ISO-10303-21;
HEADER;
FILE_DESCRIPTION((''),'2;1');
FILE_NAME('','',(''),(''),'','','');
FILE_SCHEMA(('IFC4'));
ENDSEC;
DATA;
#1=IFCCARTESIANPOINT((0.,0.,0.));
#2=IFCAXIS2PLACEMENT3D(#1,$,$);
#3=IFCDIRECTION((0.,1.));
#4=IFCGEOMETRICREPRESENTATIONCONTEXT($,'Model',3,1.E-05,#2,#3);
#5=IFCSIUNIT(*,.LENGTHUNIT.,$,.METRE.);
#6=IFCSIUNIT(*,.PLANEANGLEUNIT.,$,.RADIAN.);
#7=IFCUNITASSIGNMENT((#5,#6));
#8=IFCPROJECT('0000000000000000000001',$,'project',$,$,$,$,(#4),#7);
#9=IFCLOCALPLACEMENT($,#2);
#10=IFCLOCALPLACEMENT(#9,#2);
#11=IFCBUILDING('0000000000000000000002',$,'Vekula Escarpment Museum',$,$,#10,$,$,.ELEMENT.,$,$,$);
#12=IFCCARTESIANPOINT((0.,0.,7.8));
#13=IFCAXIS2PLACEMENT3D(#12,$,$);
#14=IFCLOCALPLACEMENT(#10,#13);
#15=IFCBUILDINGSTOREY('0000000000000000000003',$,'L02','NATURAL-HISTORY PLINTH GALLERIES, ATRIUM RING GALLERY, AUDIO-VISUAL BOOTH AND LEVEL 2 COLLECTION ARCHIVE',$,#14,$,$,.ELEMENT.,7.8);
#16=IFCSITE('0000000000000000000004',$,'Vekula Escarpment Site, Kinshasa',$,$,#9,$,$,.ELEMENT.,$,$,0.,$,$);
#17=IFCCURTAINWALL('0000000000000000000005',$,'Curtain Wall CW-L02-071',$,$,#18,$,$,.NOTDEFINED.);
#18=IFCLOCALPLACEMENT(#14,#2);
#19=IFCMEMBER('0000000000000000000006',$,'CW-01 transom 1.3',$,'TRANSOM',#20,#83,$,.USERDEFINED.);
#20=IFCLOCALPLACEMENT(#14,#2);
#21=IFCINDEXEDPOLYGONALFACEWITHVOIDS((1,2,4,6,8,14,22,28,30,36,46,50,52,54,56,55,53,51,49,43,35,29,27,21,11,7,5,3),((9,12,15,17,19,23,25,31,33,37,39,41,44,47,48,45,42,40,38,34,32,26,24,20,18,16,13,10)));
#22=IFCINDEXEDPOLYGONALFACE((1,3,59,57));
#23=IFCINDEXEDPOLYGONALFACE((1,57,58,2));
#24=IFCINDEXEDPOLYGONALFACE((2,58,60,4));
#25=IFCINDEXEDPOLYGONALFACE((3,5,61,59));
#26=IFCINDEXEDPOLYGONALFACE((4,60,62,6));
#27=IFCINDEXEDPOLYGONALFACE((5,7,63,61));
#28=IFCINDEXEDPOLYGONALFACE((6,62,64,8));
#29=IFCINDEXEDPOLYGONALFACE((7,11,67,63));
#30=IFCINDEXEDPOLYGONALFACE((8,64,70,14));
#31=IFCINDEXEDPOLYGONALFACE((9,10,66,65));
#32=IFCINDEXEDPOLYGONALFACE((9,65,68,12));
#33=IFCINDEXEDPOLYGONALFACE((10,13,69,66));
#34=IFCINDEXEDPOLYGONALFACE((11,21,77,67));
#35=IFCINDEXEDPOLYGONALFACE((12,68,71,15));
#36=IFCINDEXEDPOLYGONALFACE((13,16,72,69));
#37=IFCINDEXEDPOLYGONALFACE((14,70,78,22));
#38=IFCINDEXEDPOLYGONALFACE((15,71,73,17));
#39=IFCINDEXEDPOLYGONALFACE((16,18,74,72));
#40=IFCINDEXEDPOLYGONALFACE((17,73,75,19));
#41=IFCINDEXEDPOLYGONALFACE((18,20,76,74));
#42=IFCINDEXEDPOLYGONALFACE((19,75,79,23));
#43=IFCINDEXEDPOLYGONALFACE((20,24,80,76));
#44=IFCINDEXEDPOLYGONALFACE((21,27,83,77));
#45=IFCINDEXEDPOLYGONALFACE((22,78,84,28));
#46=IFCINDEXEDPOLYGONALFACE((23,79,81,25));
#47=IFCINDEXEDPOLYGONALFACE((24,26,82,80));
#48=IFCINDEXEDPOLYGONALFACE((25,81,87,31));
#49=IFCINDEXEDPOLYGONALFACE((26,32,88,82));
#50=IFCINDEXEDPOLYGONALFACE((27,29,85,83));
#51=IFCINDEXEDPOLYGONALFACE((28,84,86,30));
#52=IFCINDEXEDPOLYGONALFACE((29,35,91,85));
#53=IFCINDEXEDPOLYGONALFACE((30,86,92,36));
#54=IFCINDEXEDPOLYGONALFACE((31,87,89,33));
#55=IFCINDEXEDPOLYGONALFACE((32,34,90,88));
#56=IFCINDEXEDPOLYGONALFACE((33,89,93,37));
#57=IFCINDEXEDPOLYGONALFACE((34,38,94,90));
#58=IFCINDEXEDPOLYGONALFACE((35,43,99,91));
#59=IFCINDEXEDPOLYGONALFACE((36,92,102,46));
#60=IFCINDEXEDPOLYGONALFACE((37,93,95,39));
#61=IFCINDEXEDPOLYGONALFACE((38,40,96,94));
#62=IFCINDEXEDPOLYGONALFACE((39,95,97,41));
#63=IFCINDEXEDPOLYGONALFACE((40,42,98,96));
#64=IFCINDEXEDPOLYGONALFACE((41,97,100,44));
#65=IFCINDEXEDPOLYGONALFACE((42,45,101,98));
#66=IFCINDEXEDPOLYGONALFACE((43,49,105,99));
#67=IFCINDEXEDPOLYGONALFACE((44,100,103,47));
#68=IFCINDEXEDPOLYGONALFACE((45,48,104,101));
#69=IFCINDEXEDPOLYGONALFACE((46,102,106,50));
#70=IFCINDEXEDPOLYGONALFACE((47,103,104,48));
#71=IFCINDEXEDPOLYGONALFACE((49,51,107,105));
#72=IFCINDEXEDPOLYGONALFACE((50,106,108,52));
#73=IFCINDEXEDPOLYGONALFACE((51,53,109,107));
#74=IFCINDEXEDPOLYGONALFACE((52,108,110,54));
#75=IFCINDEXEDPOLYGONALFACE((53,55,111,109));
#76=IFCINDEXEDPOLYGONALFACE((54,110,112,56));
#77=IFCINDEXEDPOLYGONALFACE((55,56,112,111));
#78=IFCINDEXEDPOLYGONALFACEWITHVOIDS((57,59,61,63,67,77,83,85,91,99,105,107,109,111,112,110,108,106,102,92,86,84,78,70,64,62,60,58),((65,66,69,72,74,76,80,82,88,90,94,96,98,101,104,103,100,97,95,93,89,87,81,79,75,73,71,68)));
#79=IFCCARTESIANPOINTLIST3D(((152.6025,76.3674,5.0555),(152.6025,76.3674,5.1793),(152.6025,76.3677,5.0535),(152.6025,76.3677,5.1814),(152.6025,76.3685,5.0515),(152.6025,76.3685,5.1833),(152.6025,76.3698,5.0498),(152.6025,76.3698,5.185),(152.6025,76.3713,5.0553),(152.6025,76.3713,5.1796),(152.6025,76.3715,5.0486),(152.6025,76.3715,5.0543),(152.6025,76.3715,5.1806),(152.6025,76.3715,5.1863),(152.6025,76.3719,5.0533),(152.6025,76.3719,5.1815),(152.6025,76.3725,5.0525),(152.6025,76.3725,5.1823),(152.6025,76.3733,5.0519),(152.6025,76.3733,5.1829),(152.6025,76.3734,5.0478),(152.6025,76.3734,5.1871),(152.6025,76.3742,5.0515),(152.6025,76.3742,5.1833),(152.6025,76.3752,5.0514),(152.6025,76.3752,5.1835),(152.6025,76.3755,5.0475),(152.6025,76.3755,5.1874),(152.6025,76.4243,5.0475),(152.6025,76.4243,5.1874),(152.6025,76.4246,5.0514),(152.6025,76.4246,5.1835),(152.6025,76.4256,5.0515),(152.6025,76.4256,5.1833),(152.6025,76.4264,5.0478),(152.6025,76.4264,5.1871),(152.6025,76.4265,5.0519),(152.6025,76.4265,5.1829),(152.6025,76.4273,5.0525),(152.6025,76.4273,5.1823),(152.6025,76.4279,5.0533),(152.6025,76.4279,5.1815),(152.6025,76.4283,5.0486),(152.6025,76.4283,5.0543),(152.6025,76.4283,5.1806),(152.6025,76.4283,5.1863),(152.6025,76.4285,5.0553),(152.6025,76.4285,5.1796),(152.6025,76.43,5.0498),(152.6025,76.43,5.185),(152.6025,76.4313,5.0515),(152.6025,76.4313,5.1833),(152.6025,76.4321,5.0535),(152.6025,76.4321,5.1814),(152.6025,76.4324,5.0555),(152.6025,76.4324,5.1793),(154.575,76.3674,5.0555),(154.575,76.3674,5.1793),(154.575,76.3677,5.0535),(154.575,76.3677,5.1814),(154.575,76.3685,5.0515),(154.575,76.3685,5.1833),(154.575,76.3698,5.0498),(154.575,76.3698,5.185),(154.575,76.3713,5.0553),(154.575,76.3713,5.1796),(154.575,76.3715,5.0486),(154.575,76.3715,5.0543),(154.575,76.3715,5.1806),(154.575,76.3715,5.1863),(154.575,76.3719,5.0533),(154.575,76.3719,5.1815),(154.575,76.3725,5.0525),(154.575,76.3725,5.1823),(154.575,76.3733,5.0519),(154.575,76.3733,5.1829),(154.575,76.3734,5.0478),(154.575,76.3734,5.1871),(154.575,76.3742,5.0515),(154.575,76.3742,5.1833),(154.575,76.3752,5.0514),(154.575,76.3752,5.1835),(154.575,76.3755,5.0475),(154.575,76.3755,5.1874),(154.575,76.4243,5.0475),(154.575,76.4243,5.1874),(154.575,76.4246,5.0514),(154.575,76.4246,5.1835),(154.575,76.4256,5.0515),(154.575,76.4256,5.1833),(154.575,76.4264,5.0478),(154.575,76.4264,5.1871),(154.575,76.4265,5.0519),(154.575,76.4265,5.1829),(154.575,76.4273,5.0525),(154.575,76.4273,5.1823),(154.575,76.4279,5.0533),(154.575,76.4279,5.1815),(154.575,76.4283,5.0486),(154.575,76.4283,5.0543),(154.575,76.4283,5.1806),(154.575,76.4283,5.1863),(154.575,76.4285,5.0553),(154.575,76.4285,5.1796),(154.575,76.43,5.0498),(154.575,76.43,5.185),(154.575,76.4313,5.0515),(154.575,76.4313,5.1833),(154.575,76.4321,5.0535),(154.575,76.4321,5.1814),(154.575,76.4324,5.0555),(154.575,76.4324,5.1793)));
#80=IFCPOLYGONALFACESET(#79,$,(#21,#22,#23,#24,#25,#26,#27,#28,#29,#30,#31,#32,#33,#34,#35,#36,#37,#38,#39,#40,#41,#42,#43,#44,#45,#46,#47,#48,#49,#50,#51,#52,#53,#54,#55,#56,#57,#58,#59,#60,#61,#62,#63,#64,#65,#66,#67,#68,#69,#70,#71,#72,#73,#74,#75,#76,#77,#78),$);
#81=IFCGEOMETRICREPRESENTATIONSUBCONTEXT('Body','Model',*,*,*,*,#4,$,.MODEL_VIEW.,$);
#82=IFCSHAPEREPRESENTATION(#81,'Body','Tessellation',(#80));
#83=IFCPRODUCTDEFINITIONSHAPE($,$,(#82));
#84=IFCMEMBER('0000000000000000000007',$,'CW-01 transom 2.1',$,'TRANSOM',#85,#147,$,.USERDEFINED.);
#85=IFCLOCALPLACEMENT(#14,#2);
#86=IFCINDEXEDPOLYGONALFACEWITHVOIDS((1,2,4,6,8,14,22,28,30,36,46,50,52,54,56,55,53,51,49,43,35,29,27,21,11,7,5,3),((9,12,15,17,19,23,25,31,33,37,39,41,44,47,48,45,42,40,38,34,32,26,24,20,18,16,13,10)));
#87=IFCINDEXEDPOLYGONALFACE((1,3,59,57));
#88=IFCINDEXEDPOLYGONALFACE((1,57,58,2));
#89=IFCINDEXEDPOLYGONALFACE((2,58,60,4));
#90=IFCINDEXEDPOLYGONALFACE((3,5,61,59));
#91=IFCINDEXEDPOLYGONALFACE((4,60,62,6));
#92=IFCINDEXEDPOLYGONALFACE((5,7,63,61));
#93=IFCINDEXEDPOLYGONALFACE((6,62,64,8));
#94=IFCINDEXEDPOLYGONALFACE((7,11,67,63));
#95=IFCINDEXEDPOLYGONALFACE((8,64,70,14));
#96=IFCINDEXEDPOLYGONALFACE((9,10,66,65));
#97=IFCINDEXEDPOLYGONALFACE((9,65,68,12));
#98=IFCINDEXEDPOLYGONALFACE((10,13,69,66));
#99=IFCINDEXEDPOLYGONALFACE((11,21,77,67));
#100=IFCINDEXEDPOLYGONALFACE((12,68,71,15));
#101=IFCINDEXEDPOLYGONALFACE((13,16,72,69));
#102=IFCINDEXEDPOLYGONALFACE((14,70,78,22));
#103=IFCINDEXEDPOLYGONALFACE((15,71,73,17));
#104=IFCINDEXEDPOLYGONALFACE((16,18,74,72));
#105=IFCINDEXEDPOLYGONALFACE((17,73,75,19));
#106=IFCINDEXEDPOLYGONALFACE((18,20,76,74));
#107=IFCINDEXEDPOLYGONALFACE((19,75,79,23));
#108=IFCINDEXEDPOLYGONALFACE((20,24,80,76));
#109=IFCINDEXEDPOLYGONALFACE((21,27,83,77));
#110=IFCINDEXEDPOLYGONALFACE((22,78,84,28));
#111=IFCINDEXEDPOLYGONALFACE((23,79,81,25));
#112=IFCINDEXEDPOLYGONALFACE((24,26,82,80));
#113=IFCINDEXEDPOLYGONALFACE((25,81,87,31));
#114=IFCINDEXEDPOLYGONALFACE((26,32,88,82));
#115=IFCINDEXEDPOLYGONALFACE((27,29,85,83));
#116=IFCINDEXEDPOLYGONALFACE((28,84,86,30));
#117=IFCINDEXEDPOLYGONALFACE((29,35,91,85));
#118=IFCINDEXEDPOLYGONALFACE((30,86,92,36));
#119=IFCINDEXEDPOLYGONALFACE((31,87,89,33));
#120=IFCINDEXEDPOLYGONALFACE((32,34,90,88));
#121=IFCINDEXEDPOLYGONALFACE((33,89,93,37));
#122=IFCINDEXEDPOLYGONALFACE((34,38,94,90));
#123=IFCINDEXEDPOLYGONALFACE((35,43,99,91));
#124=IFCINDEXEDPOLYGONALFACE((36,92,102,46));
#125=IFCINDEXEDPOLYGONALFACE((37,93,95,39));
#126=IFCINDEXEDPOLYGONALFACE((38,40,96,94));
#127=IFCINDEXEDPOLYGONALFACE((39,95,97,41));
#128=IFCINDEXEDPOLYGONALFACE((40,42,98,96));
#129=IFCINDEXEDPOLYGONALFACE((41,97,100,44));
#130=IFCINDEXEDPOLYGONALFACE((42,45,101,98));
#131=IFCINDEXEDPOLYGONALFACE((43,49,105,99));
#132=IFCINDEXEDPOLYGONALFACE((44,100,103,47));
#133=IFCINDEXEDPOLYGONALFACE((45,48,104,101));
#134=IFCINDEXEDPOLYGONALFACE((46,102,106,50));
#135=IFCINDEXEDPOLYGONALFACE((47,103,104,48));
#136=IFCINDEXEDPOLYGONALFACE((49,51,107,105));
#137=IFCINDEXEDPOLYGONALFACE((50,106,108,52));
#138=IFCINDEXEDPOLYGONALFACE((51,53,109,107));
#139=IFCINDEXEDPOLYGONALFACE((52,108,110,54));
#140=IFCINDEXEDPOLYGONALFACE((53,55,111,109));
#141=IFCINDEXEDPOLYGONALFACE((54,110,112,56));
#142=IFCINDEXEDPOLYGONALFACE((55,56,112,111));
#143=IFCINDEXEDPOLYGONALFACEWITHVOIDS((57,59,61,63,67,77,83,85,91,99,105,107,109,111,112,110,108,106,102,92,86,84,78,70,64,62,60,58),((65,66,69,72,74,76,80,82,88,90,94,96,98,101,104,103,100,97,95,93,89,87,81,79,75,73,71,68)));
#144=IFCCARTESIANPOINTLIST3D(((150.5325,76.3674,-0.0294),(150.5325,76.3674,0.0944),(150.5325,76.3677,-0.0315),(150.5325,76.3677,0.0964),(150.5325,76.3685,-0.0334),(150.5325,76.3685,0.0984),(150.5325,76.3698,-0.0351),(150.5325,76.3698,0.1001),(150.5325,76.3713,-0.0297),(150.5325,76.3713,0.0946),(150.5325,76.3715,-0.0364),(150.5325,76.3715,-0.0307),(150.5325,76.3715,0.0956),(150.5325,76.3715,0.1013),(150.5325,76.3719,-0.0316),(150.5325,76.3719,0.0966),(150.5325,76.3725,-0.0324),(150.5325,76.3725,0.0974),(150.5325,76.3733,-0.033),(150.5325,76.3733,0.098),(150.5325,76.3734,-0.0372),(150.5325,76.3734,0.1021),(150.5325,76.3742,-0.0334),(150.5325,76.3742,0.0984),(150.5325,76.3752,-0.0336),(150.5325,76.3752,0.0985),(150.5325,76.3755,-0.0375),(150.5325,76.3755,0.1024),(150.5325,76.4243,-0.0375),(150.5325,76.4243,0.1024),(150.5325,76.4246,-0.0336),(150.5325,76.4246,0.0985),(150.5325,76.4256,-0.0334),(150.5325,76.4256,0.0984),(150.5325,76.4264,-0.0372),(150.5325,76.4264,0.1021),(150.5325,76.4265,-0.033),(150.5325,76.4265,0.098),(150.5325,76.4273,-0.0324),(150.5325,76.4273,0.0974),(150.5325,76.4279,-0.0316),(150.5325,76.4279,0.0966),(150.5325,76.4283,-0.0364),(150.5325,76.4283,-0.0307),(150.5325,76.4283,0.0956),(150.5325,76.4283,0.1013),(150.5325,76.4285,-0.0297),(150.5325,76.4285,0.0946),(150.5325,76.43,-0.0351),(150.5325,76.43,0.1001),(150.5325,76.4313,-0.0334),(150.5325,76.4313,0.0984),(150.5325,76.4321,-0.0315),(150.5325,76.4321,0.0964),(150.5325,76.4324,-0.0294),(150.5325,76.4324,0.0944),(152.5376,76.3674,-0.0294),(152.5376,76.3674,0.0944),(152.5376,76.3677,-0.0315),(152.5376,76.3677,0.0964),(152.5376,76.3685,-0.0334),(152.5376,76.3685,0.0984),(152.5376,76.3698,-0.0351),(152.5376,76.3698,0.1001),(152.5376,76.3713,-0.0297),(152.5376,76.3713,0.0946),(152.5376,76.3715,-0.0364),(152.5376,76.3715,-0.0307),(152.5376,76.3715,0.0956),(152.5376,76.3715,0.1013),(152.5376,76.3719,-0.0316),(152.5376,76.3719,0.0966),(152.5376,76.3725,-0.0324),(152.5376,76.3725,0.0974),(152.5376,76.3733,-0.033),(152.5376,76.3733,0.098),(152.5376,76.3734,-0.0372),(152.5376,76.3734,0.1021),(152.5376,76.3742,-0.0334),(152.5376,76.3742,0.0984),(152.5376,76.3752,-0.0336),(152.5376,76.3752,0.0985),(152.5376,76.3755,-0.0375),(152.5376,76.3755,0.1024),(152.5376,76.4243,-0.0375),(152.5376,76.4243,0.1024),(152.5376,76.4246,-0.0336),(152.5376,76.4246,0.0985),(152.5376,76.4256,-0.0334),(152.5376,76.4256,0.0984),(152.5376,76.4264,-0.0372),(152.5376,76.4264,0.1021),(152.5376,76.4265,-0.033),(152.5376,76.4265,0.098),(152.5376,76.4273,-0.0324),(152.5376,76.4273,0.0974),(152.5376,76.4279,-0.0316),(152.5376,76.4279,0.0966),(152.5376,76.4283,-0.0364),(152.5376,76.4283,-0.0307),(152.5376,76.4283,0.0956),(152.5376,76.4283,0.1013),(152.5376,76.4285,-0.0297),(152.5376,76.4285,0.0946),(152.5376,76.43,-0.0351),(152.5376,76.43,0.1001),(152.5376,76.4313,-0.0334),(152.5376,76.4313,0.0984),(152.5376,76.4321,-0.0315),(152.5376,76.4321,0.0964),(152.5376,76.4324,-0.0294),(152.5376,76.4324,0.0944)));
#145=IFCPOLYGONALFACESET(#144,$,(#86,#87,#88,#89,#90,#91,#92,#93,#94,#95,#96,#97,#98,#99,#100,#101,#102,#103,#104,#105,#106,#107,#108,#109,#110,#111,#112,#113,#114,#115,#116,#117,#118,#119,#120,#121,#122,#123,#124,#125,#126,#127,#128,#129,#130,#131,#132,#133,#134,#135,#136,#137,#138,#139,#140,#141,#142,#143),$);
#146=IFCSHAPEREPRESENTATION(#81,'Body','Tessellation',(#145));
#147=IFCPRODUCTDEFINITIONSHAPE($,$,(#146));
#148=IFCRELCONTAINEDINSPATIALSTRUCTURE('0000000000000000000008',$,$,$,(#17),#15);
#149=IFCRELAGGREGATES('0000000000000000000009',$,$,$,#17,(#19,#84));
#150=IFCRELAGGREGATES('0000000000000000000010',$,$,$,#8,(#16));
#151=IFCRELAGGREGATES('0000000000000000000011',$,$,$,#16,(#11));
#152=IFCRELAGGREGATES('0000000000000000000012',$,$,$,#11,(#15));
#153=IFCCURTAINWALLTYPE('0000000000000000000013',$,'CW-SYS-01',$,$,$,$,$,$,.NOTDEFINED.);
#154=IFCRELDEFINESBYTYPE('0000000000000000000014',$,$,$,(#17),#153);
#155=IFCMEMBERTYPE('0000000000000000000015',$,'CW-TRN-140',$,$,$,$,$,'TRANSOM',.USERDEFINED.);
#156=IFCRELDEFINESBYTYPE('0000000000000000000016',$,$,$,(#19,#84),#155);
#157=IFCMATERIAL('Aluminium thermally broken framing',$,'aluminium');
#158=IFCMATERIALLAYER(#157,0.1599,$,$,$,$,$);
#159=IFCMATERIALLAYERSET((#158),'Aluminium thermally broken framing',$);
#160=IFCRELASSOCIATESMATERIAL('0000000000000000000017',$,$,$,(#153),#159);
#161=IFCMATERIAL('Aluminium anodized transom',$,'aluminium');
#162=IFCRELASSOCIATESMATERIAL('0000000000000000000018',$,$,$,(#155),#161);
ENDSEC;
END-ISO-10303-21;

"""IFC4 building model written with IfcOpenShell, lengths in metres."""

from ifc_helpers import new_model, si_unit, direction, frame, origin, origin_2d, place, context, subcontext, project, spatial, hollow_rectangle, extrude, material, layer, layer_set, material_profile, profile_set, type_object, element, aggregate, save


model = new_model("IFC4")

# Units and contexts
model_context = context("Model", 3, precision=1e-05, world=origin(), true_north=direction((0.0, 1.0)))
body_context = subcontext(model_context, "Body", "Model", "MODEL_VIEW")
ifc_project = project(units=[si_unit("LENGTHUNIT", "METRE"), si_unit("PLANEANGLEUNIT", "RADIAN")], contexts=[model_context])

# Site, building, storey
site_placement = place(None, origin())
site = spatial("IfcSite", under=ifc_project, at=site_placement, Name="Vekula Escarpment Site, Kinshasa", CompositionType="ELEMENT", RefElevation=0.0)
building_placement = place(site_placement, origin())
building = spatial("IfcBuilding", under=site, at=building_placement, Name="Vekula Escarpment Museum", CompositionType="ELEMENT")
storey_placement = place(building_placement, frame((0.0, 0.0, 7.8)))
storey = spatial("IfcBuildingStorey", under=building, at=storey_placement, Name="L02", Description="NATURAL-HISTORY PLINTH GALLERIES, ATRIUM RING GALLERY, AUDIO-VISUAL BOOTH AND LEVEL 2 COLLECTION ARCHIVE", CompositionType="ELEMENT", Elevation=7.8)

# Curtain wall
ifc_material_1 = material(Name="Aluminium thermally broken framing", Category="aluminium")
ifc_layer_1 = layer(ifc_material_1, 0.1599)
ifc_layer_set_1 = layer_set([ifc_layer_1], Name="Aluminium thermally broken framing")
curtain_wall_type_1 = type_object("IfcCurtainWallType", Name="CW-SYS-01", PredefinedType="NOTDEFINED", material=ifc_layer_set_1)
curtain_wall_1_placement = place(storey_placement, origin())
curtain_wall_1 = element("IfcCurtainWall", 1, at=curtain_wall_1_placement, inside=storey, type_object=curtain_wall_type_1, Name="Curtain Wall CW-L02-071", PredefinedType="NOTDEFINED")

# Members
ifc_material_2 = material(Name="Aluminium anodized transom", Category="aluminium")
ifc_material_profile_1 = material_profile(ifc_material_2, hollow_rectangle(XDim=0.0649, YDim=0.1399, WallThickness=0.0039, InnerFilletRadius=0.0039, OuterFilletRadius=0.0081, at=origin_2d()), Name="ALU 140x65x4")
ifc_profile_set_1 = profile_set([ifc_material_profile_1], Name="Aluminium anodized transom")
member_type_1 = type_object("IfcMemberType", Name="CW-TRN-140", ElementType="TRANSOM", PredefinedType="USERDEFINED", material=ifc_profile_set_1)
member_1_placement = place(storey_placement, frame((154.575, 76.3999, 5.1174), z_axis=(-1.0, 0.0, 0.0), x_axis=(0.0, -1.0, 0.0)))
member_1 = element("IfcMember", 2, at=member_1_placement, type_object=member_type_1, Name="CW-01 transom 1.3", ObjectType="TRANSOM", PredefinedType="USERDEFINED", context=body_context, shape_type="SweptSolid", body=[
    extrude(hollow_rectangle(XDim=0.0649, YDim=0.1399, WallThickness=0.0039, InnerFilletRadius=0.0039, OuterFilletRadius=0.0081, at=origin_2d()), origin(), (0.0, 0.0, 1.0), 1.9724),
])
member_2_placement = place(storey_placement, frame((152.5376, 76.3999, 0.0325), z_axis=(-1.0, 0.0, 0.0), x_axis=(0.0, -1.0, 0.0)))
member_2 = element("IfcMember", 3, at=member_2_placement, type_object=member_type_1, Name="CW-01 transom 2.1", ObjectType="TRANSOM", PredefinedType="USERDEFINED", context=body_context, shape_type="SweptSolid", body=[
    extrude(hollow_rectangle(XDim=0.0649, YDim=0.1399, WallThickness=0.0039, InnerFilletRadius=0.0039, OuterFilletRadius=0.0081, at=origin_2d()), origin(), (0.0, 0.0, 1.0), 2.0051),
])

aggregate(curtain_wall_1, [member_1, member_2])

save(model, "model.ifc")
